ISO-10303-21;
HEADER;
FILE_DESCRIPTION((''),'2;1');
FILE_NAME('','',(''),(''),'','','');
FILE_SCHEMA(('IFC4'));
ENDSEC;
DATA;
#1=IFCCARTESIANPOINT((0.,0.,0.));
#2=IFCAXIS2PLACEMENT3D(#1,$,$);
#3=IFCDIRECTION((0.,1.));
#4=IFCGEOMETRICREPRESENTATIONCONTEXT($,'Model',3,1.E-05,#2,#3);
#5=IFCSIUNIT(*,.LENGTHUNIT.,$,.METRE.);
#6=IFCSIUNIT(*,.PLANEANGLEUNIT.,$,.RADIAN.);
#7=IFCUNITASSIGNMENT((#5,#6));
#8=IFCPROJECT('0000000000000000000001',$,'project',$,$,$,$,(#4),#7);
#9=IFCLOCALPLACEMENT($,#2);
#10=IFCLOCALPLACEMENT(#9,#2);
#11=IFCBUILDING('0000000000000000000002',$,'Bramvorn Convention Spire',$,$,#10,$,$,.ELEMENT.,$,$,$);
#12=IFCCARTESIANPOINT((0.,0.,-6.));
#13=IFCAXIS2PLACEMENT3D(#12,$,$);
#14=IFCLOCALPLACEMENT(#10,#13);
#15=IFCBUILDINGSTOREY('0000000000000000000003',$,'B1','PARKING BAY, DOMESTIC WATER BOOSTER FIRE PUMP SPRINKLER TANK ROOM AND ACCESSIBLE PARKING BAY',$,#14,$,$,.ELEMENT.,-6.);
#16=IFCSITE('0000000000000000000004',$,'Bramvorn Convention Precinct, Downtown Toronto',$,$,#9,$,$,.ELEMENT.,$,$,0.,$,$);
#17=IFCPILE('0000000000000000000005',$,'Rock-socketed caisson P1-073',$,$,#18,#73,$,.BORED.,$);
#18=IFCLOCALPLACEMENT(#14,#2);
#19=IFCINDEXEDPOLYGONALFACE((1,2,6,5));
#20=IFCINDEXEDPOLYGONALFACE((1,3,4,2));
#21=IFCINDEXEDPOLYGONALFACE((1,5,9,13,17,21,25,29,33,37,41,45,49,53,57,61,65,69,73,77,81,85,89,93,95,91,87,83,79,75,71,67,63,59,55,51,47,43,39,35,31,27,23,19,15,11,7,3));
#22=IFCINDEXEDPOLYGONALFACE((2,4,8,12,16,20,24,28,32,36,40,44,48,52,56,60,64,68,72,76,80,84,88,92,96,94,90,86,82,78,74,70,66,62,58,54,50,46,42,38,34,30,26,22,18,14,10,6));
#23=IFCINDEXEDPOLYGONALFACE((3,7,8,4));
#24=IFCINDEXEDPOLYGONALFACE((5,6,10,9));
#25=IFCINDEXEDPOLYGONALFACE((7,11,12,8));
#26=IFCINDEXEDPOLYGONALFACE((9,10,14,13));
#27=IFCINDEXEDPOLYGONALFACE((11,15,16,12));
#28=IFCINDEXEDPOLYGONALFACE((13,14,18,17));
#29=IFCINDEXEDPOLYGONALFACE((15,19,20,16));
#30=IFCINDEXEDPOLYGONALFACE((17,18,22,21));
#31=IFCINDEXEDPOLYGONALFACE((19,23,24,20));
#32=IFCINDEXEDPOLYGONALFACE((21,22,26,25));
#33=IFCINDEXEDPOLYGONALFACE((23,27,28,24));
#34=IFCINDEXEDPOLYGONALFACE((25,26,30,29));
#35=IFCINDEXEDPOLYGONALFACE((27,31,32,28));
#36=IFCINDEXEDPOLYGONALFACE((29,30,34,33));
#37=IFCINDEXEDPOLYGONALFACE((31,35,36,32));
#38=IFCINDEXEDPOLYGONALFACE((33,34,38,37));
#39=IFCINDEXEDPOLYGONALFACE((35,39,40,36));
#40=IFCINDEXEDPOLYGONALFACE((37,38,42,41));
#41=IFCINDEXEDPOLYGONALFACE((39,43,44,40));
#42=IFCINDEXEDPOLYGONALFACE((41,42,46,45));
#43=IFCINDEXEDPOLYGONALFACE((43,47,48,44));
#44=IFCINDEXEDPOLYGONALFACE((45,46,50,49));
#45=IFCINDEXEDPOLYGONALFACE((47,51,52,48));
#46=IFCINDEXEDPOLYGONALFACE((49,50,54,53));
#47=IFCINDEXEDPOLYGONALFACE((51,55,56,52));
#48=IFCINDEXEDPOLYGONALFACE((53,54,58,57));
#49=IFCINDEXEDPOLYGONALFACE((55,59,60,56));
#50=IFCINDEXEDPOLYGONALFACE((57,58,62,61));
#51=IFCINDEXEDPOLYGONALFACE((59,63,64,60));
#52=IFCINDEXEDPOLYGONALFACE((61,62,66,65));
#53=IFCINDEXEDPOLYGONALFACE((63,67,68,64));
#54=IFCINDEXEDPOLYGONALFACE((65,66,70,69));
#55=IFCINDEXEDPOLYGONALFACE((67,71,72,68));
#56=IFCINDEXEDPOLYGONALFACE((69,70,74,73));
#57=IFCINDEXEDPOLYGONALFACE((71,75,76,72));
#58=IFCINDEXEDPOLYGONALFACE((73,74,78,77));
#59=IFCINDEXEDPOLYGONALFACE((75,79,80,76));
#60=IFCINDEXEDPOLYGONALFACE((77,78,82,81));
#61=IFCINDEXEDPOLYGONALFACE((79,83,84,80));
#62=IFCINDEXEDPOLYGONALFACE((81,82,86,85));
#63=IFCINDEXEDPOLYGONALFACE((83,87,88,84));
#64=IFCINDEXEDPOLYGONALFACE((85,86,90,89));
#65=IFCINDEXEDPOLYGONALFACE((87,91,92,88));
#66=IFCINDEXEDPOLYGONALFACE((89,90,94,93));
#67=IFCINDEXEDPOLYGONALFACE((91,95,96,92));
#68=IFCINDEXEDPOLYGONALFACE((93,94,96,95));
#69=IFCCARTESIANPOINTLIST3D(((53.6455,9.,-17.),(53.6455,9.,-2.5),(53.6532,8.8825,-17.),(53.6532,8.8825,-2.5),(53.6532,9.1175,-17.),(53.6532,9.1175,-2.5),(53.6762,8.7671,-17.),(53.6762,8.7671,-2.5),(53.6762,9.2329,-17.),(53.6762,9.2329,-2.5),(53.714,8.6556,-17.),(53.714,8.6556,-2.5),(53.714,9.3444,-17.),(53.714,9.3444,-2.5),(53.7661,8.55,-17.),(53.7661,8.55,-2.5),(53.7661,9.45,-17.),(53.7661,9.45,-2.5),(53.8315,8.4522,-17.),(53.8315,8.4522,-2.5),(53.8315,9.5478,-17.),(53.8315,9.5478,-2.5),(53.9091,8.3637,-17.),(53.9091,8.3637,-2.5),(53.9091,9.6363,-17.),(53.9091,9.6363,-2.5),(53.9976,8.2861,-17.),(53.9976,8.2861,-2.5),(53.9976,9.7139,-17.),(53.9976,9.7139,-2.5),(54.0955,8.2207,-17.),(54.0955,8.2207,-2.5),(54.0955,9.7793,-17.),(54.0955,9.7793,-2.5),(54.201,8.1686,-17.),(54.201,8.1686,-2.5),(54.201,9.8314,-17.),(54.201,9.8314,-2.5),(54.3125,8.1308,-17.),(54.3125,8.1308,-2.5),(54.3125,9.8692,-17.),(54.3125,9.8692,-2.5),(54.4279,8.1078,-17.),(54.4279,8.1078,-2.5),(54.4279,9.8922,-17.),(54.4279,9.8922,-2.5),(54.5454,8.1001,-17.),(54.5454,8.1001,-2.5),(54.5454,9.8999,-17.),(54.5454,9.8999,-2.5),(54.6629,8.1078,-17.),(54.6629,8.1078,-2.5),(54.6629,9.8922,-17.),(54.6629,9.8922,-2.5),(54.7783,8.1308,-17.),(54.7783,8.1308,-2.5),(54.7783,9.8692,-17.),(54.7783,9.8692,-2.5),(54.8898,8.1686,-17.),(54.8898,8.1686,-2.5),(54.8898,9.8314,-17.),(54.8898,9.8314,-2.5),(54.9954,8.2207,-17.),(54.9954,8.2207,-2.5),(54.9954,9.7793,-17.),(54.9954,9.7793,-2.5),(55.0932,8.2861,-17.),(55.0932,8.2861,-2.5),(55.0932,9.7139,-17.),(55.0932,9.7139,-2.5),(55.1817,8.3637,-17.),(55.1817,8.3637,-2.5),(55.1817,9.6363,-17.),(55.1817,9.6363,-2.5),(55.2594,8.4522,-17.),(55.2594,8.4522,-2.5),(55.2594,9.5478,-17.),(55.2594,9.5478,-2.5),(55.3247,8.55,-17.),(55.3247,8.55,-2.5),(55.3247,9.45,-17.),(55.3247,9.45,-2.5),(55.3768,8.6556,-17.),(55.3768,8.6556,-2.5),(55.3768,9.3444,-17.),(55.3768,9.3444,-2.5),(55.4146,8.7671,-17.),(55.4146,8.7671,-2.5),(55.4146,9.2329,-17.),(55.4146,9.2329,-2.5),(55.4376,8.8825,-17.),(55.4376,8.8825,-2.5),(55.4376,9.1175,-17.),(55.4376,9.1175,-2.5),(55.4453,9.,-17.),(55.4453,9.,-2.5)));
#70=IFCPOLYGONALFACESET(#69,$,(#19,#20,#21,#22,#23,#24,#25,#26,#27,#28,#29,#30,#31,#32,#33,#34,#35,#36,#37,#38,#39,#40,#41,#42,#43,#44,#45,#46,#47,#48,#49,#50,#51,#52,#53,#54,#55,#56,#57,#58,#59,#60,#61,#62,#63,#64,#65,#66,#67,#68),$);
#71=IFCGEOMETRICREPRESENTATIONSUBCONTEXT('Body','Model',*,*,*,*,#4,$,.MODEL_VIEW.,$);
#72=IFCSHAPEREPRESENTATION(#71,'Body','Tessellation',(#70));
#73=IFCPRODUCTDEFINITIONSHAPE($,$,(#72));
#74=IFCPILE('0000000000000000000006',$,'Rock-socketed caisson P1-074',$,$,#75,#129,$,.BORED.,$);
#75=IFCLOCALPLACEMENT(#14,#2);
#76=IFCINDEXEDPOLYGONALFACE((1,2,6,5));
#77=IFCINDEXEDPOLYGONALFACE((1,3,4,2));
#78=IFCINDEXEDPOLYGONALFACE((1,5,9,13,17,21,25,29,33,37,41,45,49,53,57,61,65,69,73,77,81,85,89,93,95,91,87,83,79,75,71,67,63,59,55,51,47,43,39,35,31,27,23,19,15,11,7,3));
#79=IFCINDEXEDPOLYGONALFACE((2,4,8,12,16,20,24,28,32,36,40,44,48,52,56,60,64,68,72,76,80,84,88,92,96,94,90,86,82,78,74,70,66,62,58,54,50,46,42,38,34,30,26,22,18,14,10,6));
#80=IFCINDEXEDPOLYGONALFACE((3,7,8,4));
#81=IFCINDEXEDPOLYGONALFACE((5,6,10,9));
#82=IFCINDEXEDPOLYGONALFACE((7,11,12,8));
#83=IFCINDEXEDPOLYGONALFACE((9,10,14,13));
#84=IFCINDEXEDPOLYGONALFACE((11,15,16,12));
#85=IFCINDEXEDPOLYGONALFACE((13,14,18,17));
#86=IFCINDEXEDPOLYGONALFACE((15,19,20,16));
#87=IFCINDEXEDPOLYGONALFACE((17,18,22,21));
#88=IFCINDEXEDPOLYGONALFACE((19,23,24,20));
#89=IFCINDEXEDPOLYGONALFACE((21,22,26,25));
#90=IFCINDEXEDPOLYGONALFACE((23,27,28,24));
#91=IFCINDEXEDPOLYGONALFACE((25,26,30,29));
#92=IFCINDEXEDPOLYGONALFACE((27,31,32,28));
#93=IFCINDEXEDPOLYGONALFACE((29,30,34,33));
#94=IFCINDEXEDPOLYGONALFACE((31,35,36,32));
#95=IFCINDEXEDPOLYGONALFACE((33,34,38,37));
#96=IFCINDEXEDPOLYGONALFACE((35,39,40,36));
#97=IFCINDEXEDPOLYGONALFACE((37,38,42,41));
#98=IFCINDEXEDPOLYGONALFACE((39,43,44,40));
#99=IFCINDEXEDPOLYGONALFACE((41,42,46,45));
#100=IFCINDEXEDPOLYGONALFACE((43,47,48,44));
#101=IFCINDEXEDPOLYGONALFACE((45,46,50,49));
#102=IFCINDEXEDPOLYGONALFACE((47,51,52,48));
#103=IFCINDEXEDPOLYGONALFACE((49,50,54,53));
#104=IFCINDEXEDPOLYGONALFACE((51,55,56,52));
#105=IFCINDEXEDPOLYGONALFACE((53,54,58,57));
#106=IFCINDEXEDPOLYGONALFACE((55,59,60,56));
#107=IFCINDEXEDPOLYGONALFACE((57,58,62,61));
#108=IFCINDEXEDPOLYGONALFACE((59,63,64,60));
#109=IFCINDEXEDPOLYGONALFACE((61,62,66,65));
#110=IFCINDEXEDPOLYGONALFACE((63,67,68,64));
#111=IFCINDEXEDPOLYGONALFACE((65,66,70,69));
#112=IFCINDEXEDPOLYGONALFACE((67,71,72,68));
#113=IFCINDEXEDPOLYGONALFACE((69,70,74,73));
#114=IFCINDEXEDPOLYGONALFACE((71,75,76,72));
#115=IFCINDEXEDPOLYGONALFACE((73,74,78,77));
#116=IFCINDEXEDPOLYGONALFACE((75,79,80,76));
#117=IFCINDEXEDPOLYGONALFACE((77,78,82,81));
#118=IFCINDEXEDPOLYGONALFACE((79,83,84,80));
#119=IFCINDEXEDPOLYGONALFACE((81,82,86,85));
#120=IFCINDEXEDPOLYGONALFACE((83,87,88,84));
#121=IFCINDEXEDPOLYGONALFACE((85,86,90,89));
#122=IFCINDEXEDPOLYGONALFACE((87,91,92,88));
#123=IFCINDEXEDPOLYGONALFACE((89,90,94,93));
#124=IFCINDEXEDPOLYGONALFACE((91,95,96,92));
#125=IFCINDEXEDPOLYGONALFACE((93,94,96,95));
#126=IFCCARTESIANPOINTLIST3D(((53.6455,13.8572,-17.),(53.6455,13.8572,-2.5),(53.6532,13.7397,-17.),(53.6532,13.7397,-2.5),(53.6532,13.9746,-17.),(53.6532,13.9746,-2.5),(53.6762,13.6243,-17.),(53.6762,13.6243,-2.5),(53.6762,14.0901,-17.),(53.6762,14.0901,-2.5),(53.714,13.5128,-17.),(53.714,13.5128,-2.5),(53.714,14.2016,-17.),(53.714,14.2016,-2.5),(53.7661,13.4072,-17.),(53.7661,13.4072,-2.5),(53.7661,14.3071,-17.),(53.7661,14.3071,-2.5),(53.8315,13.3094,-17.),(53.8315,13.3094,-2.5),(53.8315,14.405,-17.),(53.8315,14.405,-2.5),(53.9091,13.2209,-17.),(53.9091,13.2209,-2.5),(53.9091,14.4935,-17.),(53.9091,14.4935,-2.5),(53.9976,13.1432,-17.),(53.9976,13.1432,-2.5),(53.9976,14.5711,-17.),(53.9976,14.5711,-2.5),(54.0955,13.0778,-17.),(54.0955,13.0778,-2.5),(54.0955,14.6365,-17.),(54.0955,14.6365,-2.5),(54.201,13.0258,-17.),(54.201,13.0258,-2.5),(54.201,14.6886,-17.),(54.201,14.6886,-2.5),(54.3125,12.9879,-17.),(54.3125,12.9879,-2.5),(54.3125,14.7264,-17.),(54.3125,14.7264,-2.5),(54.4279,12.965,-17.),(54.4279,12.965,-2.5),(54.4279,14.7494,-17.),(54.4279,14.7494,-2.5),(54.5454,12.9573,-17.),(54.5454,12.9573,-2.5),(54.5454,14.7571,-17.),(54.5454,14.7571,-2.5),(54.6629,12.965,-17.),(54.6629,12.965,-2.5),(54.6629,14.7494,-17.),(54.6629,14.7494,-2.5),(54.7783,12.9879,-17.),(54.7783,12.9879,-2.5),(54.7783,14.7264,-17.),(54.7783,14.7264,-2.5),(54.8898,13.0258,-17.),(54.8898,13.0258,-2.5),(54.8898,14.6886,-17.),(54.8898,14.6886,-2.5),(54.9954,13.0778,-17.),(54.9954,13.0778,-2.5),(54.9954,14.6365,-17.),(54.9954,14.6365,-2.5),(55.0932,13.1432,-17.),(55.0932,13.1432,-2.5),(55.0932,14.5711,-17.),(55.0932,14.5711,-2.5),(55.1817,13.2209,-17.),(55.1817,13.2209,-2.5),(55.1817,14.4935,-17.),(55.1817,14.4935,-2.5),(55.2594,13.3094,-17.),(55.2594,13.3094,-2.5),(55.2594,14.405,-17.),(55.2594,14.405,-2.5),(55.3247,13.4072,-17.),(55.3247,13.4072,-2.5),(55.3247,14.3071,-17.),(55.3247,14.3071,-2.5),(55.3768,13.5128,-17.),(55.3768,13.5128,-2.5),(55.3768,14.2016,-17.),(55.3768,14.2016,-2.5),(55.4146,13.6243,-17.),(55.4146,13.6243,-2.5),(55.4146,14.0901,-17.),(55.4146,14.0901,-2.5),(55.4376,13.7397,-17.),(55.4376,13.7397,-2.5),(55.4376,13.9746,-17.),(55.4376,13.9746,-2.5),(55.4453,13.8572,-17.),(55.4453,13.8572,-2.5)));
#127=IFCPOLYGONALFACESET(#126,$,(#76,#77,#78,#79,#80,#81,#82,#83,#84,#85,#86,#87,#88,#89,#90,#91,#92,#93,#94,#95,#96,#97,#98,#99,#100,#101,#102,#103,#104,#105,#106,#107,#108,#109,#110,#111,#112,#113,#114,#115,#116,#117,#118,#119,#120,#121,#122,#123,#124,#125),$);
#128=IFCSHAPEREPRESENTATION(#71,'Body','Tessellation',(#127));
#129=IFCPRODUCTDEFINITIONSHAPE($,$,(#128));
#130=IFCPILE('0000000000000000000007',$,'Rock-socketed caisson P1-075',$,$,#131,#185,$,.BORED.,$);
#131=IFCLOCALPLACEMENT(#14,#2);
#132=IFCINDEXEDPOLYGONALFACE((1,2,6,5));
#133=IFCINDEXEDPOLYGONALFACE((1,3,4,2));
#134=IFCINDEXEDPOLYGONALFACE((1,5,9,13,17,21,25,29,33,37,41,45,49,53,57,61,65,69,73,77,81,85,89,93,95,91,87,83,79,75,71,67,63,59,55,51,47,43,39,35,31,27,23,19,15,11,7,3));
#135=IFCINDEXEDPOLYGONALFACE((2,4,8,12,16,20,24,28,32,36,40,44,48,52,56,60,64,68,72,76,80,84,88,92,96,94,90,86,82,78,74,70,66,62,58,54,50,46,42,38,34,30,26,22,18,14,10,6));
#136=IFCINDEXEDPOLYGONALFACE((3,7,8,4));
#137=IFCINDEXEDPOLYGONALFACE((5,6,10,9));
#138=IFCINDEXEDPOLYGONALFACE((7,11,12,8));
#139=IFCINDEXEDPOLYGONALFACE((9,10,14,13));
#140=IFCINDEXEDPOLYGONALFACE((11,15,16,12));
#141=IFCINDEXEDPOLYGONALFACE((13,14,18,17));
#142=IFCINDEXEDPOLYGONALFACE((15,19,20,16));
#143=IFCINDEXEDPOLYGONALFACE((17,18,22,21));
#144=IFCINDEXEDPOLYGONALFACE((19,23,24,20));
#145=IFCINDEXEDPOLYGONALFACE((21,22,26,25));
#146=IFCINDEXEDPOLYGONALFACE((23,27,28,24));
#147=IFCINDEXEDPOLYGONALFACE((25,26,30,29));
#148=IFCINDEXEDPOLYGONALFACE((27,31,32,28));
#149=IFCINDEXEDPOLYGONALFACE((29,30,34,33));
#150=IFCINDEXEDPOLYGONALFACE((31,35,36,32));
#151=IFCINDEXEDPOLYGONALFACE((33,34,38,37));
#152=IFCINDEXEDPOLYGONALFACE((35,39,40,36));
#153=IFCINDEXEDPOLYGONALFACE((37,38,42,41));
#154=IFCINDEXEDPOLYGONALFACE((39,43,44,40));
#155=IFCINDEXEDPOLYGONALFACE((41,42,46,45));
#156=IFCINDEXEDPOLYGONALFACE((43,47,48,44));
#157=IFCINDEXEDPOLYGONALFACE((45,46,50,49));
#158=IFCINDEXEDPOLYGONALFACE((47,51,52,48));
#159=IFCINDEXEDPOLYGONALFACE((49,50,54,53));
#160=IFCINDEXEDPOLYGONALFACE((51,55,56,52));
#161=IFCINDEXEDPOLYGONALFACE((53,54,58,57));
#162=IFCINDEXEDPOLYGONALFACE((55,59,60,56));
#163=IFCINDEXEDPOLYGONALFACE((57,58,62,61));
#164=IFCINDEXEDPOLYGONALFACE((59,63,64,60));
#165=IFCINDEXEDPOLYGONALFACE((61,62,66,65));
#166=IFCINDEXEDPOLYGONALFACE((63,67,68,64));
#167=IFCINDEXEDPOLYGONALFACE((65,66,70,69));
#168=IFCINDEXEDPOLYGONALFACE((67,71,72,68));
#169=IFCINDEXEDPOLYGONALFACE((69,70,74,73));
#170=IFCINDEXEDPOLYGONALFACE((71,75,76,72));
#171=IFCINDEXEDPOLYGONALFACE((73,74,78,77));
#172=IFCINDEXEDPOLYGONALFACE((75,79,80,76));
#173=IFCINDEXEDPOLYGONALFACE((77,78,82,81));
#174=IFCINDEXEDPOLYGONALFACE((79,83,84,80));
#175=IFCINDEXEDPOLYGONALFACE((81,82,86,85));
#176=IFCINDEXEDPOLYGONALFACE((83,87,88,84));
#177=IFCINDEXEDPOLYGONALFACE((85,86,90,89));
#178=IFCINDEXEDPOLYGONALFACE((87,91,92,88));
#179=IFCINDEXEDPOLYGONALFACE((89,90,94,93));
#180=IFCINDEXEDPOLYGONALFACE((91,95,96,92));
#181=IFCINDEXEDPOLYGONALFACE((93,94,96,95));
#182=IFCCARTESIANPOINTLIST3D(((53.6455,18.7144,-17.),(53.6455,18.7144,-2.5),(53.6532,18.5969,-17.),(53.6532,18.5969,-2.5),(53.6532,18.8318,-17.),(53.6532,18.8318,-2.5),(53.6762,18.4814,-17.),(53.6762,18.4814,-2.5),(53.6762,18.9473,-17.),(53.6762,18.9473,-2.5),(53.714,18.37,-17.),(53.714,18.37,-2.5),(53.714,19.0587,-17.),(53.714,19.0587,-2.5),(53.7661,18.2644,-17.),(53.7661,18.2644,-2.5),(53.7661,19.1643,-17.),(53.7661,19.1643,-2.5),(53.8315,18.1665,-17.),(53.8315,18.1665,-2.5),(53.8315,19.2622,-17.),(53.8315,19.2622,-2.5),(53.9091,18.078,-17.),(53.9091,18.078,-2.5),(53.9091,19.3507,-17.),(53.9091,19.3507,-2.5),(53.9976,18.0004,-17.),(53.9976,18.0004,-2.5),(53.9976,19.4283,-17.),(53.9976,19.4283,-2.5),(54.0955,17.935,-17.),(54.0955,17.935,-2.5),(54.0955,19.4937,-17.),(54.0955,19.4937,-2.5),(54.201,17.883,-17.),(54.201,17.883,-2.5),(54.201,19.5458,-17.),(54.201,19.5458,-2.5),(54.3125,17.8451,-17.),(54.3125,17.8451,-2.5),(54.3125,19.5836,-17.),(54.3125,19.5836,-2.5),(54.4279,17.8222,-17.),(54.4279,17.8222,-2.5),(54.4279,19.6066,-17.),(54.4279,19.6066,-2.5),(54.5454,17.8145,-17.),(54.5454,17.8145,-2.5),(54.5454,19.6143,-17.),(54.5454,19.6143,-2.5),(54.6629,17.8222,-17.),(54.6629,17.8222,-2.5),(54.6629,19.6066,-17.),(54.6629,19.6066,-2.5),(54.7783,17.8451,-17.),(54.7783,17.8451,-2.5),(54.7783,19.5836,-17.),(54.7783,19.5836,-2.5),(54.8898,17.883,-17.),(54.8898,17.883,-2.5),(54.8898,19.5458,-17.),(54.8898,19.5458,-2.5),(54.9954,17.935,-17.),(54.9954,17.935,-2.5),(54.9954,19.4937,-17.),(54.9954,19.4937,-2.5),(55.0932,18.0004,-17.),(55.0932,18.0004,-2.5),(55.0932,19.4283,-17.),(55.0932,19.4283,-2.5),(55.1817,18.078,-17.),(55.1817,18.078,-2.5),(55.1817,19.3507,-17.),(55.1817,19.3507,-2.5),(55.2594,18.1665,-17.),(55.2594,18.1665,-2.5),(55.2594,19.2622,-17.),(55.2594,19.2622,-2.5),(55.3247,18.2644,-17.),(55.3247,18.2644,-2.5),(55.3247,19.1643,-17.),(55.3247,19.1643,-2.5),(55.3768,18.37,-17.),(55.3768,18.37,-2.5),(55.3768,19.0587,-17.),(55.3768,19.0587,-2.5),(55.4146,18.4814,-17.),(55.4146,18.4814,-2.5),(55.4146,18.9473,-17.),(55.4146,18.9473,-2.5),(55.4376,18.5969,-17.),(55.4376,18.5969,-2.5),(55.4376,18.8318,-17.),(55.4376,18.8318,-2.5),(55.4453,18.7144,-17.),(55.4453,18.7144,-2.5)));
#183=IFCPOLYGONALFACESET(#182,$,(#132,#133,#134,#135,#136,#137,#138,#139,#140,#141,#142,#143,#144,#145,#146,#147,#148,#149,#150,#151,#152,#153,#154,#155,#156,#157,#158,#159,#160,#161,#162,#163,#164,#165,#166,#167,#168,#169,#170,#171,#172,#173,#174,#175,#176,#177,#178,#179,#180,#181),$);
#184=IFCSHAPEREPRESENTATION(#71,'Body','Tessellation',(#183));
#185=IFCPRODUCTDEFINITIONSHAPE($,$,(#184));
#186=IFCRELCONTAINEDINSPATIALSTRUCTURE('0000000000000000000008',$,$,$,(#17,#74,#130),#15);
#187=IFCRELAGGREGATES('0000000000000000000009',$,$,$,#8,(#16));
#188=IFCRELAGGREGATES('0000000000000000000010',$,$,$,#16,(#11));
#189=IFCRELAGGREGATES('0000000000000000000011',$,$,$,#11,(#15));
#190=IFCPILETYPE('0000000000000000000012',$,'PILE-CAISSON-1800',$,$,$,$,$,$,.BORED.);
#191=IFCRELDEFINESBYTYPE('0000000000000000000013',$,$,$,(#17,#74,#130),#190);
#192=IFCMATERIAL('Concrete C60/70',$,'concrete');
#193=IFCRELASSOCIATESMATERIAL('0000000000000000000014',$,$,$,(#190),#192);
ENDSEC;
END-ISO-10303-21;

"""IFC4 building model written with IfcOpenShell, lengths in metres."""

from ifc_helpers import new_model, si_unit, direction, frame, origin, origin_2d, place, context, subcontext, project, spatial, circle, extrude, material, material_profile, profile_set, type_object, element, save


model = new_model("IFC4")

# Units and contexts
model_context = context("Model", 3, precision=1e-05, world=origin(), true_north=direction((0.0, 1.0)))
body_context = subcontext(model_context, "Body", "Model", "MODEL_VIEW")
ifc_project = project(units=[si_unit("LENGTHUNIT", "METRE"), si_unit("PLANEANGLEUNIT", "RADIAN")], contexts=[model_context])

# Site, building, storey
site_placement = place(None, origin())
site = spatial("IfcSite", under=ifc_project, at=site_placement, Name="Bramvorn Convention Precinct, Downtown Toronto", CompositionType="ELEMENT", RefElevation=0.0)
building_placement = place(site_placement, origin())
building = spatial("IfcBuilding", under=site, at=building_placement, Name="Bramvorn Convention Spire", CompositionType="ELEMENT")
storey_placement = place(building_placement, frame((0.0, 0.0, -6.0)))
storey = spatial("IfcBuildingStorey", under=building, at=storey_placement, Name="B1", Description="PARKING BAY, DOMESTIC WATER BOOSTER FIRE PUMP SPRINKLER TANK ROOM AND ACCESSIBLE PARKING BAY", CompositionType="ELEMENT", Elevation=-6.0)

# Shared definitions
ifc_material_1 = material(Name="Concrete C60/70", Category="concrete")

# Piles
ifc_material_profile_1 = material_profile(ifc_material_1, circle(Radius=0.8999, at=origin_2d()))
ifc_profile_set_1 = profile_set([ifc_material_profile_1], Name="Concrete C60/70 - CAISSON1800")
pile_type_1 = type_object("IfcPileType", Name="PILE-CAISSON-1800", PredefinedType="BORED", material=ifc_profile_set_1)
for number, where, z_axis, x_axis, name in (
    (1, (54.5454, 9.0, -2.5), (0.0, 0.0, -1.0), (1.0, 0.0, 0.0), "Rock-socketed caisson P1-073"),
    (2, (54.5454, 13.8572, -2.5), (0.0, 0.0, -1.0), (1.0, 0.0, 0.0), "Rock-socketed caisson P1-074"),
    (3, (54.5454, 18.7144, -2.5), (0.0, 0.0, -1.0), (1.0, 0.0, 0.0), "Rock-socketed caisson P1-075"),
):
    element("IfcPile", number, at=place(storey_placement, frame(where, z_axis=z_axis, x_axis=x_axis)), inside=storey, type_object=pile_type_1, Name=name, PredefinedType="BORED", context=body_context, shape_type="SweptSolid", body=[
        extrude(circle(Radius=0.8999, at=origin_2d()), origin(), (0.0, 0.0, 1.0), 14.5),
    ])

save(model, "model.ifc")
